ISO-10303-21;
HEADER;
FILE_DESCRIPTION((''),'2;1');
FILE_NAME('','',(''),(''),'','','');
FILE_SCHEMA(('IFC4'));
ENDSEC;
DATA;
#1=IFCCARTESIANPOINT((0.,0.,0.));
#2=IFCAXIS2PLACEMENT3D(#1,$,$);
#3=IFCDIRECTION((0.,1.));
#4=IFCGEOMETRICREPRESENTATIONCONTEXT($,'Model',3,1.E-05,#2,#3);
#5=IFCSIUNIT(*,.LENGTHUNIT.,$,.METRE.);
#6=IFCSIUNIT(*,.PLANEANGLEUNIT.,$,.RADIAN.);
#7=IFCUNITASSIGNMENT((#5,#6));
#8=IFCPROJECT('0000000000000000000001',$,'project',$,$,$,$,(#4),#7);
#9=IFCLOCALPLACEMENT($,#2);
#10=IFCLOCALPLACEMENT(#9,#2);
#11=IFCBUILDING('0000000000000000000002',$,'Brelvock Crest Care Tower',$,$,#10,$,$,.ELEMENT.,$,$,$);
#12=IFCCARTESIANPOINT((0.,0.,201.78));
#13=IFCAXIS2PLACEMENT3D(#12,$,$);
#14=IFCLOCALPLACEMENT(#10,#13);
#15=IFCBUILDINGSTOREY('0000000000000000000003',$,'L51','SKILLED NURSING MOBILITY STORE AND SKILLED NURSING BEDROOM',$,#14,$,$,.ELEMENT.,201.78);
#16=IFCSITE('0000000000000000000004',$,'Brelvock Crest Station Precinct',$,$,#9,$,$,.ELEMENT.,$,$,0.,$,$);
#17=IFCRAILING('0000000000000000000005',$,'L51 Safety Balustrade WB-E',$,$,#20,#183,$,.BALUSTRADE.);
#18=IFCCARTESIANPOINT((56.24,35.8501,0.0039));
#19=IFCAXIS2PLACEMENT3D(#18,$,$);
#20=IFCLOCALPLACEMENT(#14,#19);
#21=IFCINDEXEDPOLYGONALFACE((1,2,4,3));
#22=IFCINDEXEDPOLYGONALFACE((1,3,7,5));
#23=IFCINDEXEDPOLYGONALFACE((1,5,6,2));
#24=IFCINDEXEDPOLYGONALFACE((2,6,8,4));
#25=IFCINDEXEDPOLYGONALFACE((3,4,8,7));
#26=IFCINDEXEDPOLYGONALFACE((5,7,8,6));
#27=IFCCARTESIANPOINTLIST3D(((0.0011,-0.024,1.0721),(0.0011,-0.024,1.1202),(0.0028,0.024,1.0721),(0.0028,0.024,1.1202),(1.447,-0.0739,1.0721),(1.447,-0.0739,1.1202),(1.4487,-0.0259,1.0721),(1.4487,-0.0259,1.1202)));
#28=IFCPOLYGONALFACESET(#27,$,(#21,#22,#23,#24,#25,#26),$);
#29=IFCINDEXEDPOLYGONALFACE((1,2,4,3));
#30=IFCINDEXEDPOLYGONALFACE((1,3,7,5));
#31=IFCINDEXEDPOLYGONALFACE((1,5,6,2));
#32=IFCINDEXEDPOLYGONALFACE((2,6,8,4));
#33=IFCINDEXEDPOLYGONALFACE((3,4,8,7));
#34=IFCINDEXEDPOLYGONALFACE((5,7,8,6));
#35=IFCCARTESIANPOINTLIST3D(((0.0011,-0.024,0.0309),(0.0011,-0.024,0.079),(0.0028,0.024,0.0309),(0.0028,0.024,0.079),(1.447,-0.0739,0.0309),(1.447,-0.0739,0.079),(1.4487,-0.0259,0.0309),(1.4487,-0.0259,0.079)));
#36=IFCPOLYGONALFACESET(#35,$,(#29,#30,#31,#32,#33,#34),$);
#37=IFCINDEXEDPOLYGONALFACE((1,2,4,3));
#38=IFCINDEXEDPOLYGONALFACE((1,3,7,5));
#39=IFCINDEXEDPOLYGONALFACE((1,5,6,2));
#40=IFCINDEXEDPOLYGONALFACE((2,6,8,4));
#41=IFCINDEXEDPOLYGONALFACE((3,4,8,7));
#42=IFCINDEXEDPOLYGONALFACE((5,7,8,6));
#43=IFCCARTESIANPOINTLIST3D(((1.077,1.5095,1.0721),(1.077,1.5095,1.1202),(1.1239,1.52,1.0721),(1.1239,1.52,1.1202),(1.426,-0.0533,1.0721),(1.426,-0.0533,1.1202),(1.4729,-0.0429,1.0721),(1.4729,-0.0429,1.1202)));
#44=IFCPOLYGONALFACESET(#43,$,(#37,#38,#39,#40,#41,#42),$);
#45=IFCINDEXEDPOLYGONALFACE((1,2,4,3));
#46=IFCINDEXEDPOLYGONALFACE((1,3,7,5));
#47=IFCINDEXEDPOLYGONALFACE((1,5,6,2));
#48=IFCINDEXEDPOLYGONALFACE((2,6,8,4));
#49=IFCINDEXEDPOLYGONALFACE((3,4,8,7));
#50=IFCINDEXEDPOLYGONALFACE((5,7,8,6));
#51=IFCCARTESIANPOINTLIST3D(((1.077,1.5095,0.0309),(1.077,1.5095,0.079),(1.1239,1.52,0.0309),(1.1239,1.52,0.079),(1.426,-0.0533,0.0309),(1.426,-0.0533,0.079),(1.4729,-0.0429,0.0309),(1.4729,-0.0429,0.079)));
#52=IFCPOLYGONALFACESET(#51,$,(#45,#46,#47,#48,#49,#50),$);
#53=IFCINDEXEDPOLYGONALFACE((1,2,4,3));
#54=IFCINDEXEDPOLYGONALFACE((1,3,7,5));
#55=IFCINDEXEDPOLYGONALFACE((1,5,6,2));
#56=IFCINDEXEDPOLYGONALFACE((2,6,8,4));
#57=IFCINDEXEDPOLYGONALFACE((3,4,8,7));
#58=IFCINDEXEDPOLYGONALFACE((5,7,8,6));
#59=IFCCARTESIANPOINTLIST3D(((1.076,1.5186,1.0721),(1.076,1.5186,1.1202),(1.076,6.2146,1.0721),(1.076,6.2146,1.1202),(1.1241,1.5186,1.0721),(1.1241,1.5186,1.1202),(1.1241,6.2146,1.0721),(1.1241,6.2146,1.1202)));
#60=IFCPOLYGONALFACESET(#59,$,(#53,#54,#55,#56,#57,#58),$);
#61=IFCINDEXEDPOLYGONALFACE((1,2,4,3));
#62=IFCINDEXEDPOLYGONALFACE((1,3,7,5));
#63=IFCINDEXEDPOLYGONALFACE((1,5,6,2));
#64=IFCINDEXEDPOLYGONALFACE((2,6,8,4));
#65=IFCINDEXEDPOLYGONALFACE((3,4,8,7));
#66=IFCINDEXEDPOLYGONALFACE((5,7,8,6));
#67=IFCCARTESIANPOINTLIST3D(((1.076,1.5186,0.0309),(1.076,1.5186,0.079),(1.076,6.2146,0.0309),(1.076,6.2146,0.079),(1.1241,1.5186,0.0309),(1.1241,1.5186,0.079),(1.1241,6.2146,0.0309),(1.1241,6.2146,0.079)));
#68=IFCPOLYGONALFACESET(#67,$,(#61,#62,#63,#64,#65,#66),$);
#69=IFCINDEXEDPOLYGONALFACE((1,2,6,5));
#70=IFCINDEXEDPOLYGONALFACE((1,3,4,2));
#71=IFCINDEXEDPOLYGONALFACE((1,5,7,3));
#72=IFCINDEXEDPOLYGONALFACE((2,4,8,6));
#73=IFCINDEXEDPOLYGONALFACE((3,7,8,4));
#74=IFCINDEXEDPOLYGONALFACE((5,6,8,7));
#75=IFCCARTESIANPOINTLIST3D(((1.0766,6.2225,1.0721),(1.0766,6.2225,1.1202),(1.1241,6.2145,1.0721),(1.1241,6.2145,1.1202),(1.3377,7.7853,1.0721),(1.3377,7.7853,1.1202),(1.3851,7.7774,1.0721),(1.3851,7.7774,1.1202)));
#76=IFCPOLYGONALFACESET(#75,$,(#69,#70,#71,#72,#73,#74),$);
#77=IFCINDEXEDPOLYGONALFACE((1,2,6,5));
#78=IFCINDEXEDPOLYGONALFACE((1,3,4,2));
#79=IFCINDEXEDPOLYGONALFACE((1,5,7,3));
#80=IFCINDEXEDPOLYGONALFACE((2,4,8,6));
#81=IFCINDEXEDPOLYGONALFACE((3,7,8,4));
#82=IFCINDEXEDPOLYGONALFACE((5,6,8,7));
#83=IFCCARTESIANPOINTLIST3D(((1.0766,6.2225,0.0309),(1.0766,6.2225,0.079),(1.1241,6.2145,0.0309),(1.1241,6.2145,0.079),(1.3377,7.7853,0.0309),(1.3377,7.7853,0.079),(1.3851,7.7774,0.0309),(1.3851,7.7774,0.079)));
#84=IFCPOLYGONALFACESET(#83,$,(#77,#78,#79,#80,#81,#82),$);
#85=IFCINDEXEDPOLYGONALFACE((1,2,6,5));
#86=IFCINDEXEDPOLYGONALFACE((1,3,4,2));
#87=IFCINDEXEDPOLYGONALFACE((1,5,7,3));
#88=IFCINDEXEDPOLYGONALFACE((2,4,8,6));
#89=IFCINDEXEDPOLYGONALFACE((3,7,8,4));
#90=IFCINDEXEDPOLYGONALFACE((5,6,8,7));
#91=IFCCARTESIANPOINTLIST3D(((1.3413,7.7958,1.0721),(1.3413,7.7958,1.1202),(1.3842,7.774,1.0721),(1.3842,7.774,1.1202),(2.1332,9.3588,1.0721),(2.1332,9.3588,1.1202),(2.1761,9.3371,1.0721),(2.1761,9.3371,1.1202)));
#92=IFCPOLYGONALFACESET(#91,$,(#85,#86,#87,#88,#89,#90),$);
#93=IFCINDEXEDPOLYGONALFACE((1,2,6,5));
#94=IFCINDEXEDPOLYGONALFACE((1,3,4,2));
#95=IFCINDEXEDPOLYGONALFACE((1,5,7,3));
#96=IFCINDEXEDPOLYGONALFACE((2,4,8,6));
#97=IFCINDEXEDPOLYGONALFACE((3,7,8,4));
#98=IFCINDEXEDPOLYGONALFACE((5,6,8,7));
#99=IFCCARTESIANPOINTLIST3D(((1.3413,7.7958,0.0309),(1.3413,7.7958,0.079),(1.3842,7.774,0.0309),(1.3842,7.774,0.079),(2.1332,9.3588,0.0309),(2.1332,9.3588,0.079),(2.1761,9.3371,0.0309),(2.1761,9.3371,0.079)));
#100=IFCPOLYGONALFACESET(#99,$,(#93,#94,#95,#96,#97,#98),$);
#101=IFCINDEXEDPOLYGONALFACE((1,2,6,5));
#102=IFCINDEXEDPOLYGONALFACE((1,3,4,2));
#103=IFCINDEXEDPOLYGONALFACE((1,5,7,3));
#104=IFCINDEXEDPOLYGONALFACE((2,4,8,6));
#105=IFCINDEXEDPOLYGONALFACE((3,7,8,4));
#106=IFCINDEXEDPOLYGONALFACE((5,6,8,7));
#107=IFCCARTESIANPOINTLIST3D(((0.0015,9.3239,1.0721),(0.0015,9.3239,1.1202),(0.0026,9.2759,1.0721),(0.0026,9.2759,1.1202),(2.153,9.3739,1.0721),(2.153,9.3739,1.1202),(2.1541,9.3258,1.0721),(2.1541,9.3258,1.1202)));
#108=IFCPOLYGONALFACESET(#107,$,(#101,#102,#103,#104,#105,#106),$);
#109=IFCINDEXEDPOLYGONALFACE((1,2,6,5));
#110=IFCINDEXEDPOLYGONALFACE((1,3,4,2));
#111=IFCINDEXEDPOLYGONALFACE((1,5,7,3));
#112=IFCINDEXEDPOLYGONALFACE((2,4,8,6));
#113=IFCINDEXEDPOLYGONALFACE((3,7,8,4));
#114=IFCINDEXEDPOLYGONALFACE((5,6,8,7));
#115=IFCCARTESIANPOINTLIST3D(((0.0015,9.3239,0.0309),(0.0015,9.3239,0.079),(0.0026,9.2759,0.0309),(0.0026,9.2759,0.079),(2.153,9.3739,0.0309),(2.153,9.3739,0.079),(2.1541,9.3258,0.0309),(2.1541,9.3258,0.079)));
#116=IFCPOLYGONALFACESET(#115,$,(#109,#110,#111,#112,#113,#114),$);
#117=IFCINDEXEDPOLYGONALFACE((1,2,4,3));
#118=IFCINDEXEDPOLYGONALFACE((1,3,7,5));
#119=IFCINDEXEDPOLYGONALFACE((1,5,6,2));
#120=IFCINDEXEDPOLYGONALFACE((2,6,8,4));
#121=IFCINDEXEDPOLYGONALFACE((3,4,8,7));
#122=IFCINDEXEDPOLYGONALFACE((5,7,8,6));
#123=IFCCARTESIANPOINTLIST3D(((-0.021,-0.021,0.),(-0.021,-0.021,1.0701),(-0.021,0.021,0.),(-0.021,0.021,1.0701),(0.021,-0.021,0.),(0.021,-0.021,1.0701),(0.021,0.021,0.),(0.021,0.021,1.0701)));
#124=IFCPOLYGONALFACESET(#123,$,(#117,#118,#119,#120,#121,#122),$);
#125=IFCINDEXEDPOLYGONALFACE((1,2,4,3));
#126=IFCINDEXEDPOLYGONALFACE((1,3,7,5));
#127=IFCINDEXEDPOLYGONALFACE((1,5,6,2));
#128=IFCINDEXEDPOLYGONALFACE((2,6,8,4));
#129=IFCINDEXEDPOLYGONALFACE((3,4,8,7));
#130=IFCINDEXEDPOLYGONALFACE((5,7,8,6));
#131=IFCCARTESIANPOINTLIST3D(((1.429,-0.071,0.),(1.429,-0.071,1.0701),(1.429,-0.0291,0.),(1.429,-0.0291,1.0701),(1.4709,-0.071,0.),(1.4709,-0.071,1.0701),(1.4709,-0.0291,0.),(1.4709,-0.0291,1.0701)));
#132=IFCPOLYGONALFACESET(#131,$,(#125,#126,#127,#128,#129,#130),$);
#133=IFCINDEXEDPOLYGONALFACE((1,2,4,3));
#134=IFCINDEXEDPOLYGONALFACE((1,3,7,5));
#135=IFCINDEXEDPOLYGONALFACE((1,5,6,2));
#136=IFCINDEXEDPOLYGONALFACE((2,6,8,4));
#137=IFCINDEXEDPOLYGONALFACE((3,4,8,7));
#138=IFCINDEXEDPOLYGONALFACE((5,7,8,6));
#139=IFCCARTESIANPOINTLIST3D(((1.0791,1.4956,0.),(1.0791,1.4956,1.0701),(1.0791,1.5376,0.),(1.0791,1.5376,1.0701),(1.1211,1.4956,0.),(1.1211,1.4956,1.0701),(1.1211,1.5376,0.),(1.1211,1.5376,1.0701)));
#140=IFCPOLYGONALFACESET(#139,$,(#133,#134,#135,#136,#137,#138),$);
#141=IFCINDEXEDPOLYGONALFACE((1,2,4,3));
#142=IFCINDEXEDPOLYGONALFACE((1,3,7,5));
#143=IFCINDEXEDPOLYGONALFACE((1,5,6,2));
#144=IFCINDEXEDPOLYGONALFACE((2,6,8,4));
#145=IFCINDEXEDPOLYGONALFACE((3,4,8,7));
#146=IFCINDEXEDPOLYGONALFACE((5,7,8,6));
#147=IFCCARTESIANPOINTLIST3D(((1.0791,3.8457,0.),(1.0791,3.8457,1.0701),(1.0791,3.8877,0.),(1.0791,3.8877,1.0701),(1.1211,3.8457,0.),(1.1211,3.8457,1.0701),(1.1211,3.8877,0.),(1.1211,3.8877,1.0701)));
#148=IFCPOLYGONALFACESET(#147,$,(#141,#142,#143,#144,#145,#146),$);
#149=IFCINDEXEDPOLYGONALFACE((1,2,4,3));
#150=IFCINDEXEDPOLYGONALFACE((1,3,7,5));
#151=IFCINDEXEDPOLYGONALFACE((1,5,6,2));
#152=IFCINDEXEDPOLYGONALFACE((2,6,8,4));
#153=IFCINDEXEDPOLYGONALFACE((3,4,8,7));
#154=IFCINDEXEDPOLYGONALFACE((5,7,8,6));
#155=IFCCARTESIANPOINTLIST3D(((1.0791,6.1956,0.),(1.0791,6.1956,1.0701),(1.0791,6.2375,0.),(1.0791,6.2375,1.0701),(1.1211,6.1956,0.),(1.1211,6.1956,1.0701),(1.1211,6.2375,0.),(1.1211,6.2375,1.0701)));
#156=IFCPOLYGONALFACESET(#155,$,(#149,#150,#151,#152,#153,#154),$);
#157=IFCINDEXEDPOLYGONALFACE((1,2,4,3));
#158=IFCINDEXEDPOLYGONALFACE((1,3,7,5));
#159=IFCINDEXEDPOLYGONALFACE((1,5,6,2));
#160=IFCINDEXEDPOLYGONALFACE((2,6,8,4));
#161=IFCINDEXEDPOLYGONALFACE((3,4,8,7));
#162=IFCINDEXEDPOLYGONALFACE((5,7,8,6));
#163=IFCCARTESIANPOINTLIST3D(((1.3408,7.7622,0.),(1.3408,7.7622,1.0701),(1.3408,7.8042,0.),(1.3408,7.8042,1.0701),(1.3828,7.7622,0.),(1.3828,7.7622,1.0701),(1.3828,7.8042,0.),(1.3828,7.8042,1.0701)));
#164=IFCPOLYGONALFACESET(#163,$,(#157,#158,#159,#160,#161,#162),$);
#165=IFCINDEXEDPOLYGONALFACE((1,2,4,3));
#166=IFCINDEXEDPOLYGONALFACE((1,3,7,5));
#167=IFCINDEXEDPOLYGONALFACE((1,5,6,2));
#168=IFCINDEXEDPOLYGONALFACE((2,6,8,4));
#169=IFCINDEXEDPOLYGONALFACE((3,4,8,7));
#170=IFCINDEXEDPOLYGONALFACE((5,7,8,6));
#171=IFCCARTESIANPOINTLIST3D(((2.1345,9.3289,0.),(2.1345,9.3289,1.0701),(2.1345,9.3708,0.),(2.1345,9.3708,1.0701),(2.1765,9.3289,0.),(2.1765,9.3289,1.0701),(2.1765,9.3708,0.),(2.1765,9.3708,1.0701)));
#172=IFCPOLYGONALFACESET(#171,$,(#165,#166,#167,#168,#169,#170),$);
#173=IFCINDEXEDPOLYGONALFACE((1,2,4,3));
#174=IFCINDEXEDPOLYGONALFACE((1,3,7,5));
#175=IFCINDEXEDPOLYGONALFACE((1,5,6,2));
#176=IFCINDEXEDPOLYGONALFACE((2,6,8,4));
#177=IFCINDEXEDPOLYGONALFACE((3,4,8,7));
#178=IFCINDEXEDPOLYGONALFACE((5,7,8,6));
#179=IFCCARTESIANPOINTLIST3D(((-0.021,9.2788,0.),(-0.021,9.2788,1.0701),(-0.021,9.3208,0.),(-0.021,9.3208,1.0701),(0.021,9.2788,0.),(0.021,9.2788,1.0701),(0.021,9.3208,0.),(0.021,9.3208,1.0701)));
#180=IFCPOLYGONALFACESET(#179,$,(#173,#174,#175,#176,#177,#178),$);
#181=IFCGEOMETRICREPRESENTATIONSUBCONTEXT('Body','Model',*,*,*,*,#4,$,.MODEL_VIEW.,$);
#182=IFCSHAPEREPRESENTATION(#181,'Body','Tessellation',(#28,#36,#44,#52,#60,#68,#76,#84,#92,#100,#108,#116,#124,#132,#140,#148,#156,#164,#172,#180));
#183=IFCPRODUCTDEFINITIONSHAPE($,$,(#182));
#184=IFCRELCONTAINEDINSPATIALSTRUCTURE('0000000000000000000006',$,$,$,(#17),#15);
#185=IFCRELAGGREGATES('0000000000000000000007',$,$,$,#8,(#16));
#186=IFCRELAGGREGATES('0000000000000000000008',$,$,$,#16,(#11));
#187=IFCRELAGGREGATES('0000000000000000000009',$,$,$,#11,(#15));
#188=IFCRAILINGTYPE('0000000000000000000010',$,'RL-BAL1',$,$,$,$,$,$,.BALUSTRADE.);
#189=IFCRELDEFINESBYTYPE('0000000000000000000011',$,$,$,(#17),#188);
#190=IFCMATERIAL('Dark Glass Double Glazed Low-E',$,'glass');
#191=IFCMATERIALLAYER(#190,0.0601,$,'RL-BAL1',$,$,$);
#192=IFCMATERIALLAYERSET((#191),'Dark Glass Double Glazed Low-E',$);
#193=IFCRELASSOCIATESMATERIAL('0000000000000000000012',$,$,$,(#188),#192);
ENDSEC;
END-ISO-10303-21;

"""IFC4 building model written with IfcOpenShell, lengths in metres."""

from ifc_helpers import new_model, si_unit, direction, frame, origin, origin_2d, place, context, subcontext, project, spatial, rectangle, extrude, material, layer, layer_set, type_object, element, save


model = new_model("IFC4")

# Units and contexts
model_context = context("Model", 3, precision=1e-05, world=origin(), true_north=direction((0.0, 1.0)))
body_context = subcontext(model_context, "Body", "Model", "MODEL_VIEW")
ifc_project = project(units=[si_unit("LENGTHUNIT", "METRE"), si_unit("PLANEANGLEUNIT", "RADIAN")], contexts=[model_context])

# Site, building, storey
site_placement = place(None, origin())
site = spatial("IfcSite", under=ifc_project, at=site_placement, Name="Brelvock Crest Station Precinct", CompositionType="ELEMENT", RefElevation=0.0)
building_placement = place(site_placement, origin())
building = spatial("IfcBuilding", under=site, at=building_placement, Name="Brelvock Crest Care Tower", CompositionType="ELEMENT")
storey_placement = place(building_placement, frame((0.0, 0.0, 201.78)))
storey = spatial("IfcBuildingStorey", under=building, at=storey_placement, Name="L51", Description="SKILLED NURSING MOBILITY STORE AND SKILLED NURSING BEDROOM", CompositionType="ELEMENT", Elevation=201.78)

# Shared definitions
ifc_material_1 = material(Name="Dark Glass Double Glazed Low-E", Category="glass")

# Railing
ifc_layer_1 = layer(ifc_material_1, 0.0601, Name="RL-BAL1")
ifc_layer_set_1 = layer_set([ifc_layer_1], Name="Dark Glass Double Glazed Low-E")
railing_type = type_object("IfcRailingType", Name="RL-BAL1", PredefinedType="BALUSTRADE", material=ifc_layer_set_1)
railing_placement = place(storey_placement, frame((56.24, 35.8501, 0.0039)))
element("IfcRailing", 1, at=railing_placement, inside=storey, type_object=railing_type, Name="L51 Safety Balustrade WB-E", PredefinedType="BALUSTRADE", context=body_context, shape_type="SweptSolid", body=[
    extrude(rectangle(XDim=0.0481, YDim=0.0481, at=origin_2d()), frame((0.002, 0.0, 1.0962), z_axis=(0.999405, -0.034497, 0.0), x_axis=(0.034497, 0.999405, 0.0)), (0.0, 0.0, 1.0), 1.4468),
    extrude(rectangle(XDim=0.0481, YDim=0.0481, at=origin_2d()), frame((0.002, 0.0, 0.0549), z_axis=(0.999405, -0.034497, 0.0), x_axis=(0.034497, 0.999405, 0.0)), (0.0, 0.0, 1.0), 1.4468),
    extrude(rectangle(XDim=0.0481, YDim=0.0481, at=origin_2d()), frame((1.4495, -0.0481, 1.0962), z_axis=(-0.217945, 0.975961, 0.0), x_axis=(-0.975961, -0.217945, 0.0)), (0.0, 0.0, 1.0), 1.6013),
    extrude(rectangle(XDim=0.0481, YDim=0.0481, at=origin_2d()), frame((1.4495, -0.0481, 0.0549), z_axis=(-0.217945, 0.975961, 0.0), x_axis=(-0.975961, -0.217945, 0.0)), (0.0, 0.0, 1.0), 1.6013),
    extrude(rectangle(XDim=0.0481, YDim=0.0481, at=origin_2d()), frame((1.1001, 1.5186, 1.0962), z_axis=(0.0, 1.0, 0.0), x_axis=(-1.0, 0.0, 0.0)), (0.0, 0.0, 1.0), 4.696),
    extrude(rectangle(XDim=0.0481, YDim=0.0481, at=origin_2d()), frame((1.1001, 1.5186, 0.0549), z_axis=(0.0, 1.0, 0.0), x_axis=(-1.0, 0.0, 0.0)), (0.0, 0.0, 1.0), 4.696),
    extrude(rectangle(XDim=0.0481, YDim=0.0481, at=origin_2d()), frame((1.1003, 6.2185, 1.0962), z_axis=(0.164773, 0.986332, 0.0), x_axis=(-0.986332, 0.164773, 0.0)), (0.0, 0.0, 1.0), 1.5845),
    extrude(rectangle(XDim=0.0481, YDim=0.0481, at=origin_2d()), frame((1.1003, 6.2185, 0.0549), z_axis=(0.164773, 0.986332, 0.0), x_axis=(-0.986332, 0.164773, 0.0)), (0.0, 0.0, 1.0), 1.5845),
    extrude(rectangle(XDim=0.0481, YDim=0.0481, at=origin_2d()), frame((1.3628, 7.7849, 1.0962), z_axis=(0.451934, 0.892051, 0.0), x_axis=(-0.892051, 0.451934, 0.0)), (0.0, 0.0, 1.0), 1.7522),
    extrude(rectangle(XDim=0.0481, YDim=0.0481, at=origin_2d()), frame((1.3628, 7.7849, 0.0549), z_axis=(0.451934, 0.892051, 0.0), x_axis=(-0.892051, 0.451934, 0.0)), (0.0, 0.0, 1.0), 1.7522),
    extrude(rectangle(XDim=0.0481, YDim=0.0481, at=origin_2d()), frame((2.1536, 9.3499, 1.0962), z_axis=(-0.999731, -0.023213, 0.0), x_axis=(0.023213, -0.999731, 0.0)), (0.0, 0.0, 1.0), 2.1521),
    extrude(rectangle(XDim=0.0481, YDim=0.0481, at=origin_2d()), frame((2.1536, 9.3499, 0.0549), z_axis=(-0.999731, -0.023213, 0.0), x_axis=(0.023213, -0.999731, 0.0)), (0.0, 0.0, 1.0), 2.1521),
    extrude(rectangle(XDim=0.042, YDim=0.042, at=origin_2d()), origin(), (0.0, 0.0, 1.0), 1.0701),
    extrude(rectangle(XDim=0.042, YDim=0.042, at=origin_2d()), frame((1.45, -0.05, 0.0)), (0.0, 0.0, 1.0), 1.0701),
    extrude(rectangle(XDim=0.042, YDim=0.042, at=origin_2d()), frame((1.1001, 1.5166, 0.0)), (0.0, 0.0, 1.0), 1.0701),
    extrude(rectangle(XDim=0.042, YDim=0.042, at=origin_2d()), frame((1.1001, 3.8667, 0.0)), (0.0, 0.0, 1.0), 1.0701),
    extrude(rectangle(XDim=0.042, YDim=0.042, at=origin_2d()), frame((1.1001, 6.2166, 0.0)), (0.0, 0.0, 1.0), 1.0701),
    extrude(rectangle(XDim=0.042, YDim=0.042, at=origin_2d()), frame((1.3618, 7.7832, 0.0)), (0.0, 0.0, 1.0), 1.0701),
    extrude(rectangle(XDim=0.042, YDim=0.042, at=origin_2d()), frame((2.1555, 9.3499, 0.0)), (0.0, 0.0, 1.0), 1.0701),
    extrude(rectangle(XDim=0.042, YDim=0.042, at=origin_2d()), frame((0.0, 9.2998, 0.0)), (0.0, 0.0, 1.0), 1.0701),
])

save(model, "model.ifc")
